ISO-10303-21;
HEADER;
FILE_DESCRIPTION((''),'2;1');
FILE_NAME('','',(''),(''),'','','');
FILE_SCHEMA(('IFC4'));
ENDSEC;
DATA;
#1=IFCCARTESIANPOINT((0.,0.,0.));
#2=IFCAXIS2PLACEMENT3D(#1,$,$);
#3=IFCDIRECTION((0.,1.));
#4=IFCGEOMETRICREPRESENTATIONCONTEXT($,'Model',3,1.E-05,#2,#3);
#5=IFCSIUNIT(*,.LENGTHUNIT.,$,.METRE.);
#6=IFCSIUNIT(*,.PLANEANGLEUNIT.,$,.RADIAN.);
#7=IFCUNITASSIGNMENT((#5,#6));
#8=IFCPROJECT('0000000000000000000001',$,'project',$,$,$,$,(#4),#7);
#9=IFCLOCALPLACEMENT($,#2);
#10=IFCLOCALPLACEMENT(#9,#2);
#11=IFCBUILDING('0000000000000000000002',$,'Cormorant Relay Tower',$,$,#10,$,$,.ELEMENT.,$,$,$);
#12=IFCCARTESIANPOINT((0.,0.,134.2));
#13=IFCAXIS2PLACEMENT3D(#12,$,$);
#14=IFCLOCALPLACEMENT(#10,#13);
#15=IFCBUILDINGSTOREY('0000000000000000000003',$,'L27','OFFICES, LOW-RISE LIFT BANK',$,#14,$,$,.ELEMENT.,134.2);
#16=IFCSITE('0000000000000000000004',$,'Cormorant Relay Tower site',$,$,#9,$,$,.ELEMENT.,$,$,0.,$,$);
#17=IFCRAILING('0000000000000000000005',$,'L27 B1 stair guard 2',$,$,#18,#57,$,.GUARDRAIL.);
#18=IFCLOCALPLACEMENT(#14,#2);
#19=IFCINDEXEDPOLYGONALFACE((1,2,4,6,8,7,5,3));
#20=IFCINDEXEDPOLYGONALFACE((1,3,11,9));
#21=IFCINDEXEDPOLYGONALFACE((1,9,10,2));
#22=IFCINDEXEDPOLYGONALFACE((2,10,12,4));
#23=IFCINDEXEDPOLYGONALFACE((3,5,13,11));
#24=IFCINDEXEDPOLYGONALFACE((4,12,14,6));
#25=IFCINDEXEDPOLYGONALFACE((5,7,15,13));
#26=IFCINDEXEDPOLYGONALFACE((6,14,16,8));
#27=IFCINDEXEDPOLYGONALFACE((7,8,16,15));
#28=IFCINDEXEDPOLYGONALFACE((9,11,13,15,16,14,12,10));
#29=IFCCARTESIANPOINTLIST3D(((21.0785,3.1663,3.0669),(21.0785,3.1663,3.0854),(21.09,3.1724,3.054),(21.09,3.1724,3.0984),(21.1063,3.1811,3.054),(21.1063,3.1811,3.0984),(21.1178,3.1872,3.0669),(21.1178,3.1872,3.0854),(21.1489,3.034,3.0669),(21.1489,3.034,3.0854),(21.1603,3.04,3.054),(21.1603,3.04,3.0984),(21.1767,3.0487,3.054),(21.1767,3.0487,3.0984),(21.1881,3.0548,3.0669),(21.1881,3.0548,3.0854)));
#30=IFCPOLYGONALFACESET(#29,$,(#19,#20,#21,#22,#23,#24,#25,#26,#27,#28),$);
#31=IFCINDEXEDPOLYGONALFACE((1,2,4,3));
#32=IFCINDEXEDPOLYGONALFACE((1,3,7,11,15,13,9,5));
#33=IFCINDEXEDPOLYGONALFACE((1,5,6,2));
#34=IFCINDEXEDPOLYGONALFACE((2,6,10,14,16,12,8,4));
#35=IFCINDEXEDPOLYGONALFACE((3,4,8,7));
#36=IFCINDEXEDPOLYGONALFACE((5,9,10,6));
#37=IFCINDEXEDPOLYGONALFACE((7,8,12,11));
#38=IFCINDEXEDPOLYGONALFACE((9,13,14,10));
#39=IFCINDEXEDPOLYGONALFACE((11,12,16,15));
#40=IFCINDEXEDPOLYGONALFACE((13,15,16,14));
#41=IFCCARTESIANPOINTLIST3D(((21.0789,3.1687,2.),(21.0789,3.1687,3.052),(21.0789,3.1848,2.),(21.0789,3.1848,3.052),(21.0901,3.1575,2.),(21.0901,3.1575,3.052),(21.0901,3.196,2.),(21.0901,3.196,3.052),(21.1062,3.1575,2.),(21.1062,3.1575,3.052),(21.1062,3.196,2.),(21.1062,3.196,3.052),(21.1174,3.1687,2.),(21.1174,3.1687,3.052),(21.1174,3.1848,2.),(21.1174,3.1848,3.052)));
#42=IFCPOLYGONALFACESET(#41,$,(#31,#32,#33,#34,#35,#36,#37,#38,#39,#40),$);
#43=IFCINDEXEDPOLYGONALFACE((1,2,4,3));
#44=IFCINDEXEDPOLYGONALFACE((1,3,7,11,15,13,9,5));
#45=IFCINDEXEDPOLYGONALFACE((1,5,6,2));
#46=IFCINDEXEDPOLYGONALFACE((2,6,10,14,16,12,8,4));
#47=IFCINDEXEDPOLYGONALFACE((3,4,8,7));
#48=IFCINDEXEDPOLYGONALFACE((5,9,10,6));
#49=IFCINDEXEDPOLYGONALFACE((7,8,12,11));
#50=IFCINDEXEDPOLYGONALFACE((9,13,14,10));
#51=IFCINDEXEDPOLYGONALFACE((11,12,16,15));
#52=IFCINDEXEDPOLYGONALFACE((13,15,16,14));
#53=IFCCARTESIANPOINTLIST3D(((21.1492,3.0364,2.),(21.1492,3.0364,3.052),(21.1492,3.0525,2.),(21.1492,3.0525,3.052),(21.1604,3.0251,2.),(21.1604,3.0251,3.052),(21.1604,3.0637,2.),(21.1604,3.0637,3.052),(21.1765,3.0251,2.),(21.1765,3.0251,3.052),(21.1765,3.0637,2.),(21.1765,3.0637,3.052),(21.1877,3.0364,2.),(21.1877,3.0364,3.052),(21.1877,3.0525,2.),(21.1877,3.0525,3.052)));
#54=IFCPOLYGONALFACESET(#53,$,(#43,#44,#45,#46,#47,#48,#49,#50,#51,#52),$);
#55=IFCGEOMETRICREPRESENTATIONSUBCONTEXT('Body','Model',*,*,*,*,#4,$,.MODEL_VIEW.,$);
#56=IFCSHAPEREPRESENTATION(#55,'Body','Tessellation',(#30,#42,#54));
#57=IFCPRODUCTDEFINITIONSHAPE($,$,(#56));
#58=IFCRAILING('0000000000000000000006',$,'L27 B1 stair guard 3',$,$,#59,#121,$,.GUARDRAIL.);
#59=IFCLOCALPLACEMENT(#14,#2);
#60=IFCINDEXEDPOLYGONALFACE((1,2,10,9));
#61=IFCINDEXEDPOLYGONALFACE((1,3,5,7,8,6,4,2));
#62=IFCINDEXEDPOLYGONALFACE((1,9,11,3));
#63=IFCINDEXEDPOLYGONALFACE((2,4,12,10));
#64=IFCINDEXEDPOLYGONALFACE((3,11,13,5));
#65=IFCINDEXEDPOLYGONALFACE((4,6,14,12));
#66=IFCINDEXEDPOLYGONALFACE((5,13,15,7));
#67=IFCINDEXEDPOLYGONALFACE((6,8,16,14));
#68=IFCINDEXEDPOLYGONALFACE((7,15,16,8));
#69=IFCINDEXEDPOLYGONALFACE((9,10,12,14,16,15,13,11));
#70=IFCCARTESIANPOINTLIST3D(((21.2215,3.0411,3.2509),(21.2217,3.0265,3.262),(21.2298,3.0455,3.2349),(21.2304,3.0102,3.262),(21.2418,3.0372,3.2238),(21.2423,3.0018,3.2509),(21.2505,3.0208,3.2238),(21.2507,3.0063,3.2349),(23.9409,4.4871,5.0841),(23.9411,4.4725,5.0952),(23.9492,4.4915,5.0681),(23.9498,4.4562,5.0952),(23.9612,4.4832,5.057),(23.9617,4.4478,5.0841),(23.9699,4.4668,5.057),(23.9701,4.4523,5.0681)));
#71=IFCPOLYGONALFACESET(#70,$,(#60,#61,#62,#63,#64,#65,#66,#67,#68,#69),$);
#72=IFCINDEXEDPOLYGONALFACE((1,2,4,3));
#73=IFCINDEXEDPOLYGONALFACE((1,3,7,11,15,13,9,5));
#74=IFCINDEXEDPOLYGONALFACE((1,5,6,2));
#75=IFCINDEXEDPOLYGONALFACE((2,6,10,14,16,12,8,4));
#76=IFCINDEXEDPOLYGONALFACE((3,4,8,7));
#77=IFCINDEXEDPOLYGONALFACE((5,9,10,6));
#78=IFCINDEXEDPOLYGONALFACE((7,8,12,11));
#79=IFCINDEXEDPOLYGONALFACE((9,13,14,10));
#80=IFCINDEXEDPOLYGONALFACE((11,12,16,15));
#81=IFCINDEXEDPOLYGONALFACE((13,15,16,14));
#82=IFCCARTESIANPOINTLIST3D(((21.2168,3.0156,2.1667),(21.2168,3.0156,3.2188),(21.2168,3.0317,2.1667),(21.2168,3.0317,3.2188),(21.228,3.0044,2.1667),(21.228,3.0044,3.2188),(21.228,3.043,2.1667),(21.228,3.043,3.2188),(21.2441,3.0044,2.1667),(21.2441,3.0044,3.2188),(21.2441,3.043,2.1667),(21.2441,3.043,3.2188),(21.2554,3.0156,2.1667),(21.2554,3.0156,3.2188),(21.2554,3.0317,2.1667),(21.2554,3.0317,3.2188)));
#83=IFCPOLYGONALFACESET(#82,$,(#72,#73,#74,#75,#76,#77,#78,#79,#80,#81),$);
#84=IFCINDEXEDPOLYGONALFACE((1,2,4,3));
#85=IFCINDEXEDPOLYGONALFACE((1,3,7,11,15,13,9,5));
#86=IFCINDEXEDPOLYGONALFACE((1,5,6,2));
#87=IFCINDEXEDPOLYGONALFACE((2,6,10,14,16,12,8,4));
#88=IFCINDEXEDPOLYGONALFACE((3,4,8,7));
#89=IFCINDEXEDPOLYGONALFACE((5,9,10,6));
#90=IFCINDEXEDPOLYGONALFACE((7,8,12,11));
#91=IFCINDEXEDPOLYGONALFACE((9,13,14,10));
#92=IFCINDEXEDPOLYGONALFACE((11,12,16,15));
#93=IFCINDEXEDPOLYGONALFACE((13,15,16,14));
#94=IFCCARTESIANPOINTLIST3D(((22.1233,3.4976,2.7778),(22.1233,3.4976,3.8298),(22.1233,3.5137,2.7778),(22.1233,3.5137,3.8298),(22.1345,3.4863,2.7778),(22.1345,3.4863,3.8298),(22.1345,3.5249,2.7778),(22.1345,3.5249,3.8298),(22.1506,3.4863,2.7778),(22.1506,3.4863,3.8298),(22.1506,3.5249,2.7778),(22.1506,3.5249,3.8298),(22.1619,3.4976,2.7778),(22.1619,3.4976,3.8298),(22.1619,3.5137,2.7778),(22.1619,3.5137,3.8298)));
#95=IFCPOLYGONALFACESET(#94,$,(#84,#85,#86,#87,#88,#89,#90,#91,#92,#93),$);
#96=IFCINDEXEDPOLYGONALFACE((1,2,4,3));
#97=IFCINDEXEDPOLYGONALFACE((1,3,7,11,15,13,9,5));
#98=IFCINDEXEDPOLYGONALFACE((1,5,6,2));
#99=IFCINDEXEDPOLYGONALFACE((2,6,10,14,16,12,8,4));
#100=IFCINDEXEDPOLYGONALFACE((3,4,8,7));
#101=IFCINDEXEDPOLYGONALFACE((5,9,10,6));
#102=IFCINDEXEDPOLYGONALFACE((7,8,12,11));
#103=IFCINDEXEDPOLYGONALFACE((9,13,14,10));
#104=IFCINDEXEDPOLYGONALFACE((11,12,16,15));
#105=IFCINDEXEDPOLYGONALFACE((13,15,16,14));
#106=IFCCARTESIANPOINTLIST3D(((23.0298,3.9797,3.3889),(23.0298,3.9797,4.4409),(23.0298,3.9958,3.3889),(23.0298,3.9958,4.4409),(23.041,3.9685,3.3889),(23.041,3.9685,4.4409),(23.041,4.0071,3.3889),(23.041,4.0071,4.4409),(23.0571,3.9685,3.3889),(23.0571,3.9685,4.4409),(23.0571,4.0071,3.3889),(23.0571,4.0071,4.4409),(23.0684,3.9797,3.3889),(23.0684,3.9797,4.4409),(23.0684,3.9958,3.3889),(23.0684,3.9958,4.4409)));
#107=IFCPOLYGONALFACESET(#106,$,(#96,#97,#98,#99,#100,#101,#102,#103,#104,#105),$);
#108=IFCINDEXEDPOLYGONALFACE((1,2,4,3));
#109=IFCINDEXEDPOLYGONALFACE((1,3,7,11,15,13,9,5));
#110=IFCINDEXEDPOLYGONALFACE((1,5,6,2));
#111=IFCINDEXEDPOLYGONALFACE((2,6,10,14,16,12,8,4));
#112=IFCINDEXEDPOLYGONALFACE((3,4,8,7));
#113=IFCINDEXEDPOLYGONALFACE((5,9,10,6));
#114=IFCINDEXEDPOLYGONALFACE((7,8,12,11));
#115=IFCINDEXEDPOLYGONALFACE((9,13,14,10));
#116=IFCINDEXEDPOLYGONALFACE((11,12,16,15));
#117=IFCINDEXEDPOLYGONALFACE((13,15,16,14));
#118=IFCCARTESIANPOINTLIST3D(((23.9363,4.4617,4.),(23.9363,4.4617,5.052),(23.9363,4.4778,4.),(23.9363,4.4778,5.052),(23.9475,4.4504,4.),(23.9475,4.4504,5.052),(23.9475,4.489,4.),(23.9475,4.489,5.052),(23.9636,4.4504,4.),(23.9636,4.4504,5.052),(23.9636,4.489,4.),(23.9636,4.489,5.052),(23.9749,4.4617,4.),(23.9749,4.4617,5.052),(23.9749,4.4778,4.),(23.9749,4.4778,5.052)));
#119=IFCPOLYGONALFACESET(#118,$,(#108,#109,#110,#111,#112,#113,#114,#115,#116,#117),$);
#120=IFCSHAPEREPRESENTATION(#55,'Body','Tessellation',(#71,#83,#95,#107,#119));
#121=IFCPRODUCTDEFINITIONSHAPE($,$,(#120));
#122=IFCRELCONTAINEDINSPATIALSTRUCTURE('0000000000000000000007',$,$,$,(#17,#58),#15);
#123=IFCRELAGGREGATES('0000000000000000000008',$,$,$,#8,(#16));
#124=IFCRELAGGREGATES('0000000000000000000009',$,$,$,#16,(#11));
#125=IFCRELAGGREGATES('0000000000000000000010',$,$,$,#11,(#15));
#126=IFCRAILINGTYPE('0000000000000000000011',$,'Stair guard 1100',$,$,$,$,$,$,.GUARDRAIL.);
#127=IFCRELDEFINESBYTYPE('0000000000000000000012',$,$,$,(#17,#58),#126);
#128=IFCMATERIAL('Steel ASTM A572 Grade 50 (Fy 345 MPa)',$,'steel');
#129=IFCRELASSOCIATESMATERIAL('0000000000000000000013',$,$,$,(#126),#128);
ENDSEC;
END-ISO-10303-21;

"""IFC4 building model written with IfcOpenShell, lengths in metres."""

from ifc_helpers import new_model, si_unit, direction, frame, origin, place, context, subcontext, project, spatial, polyline, outline, extrude, material, type_object, element, save


model = new_model("IFC4")

# Units and contexts
model_context = context("Model", 3, precision=1e-05, world=origin(), true_north=direction((0.0, 1.0)))
body_context = subcontext(model_context, "Body", "Model", "MODEL_VIEW")
ifc_project = project(units=[si_unit("LENGTHUNIT", "METRE"), si_unit("PLANEANGLEUNIT", "RADIAN")], contexts=[model_context])

# Site, building, storey
site_placement = place(None, origin())
site = spatial("IfcSite", under=ifc_project, at=site_placement, Name="Cormorant Relay Tower site", CompositionType="ELEMENT", RefElevation=0.0)
building_placement = place(site_placement, origin())
building = spatial("IfcBuilding", under=site, at=building_placement, Name="Cormorant Relay Tower", CompositionType="ELEMENT")
storey_placement = place(building_placement, frame((0.0, 0.0, 134.2)))
storey = spatial("IfcBuildingStorey", under=building, at=storey_placement, Name="L27", Description="OFFICES, LOW-RISE LIFT BANK", CompositionType="ELEMENT", Elevation=134.2)

# Railings
ifc_material_1 = material(Name="Steel ASTM A572 Grade 50 (Fy 345 MPa)", Category="steel")
railing_type = type_object("IfcRailingType", Name="Stair guard 1100", PredefinedType="GUARDRAIL", material=ifc_material_1)
railing_1_placement = place(storey_placement, frame((21.0981, 3.1768, 2.0)))
element("IfcRailing", 1, at=railing_1_placement, inside=storey, type_object=railing_type, Name="L27 B1 stair guard 2", PredefinedType="GUARDRAIL", context=body_context, shape_type="SweptSolid", body=[
    extrude(outline(polyline([(0.0222, 0.0093), (0.0093, 0.0222), (-0.0093, 0.0222), (-0.0222, 0.0093), (-0.0222, -0.0093), (-0.0093, -0.0222), (0.0093, -0.0222), (0.0222, -0.0093), (0.0222, 0.0093)])), frame((0.0, 0.0, 1.0762), z_axis=(0.469235, -0.883074, 0.0), x_axis=(0.883074, 0.469235, 0.0)), (0.0, 0.0, 1.0), 0.1499),
    extrude(outline(polyline([(0.0193, 0.0081), (0.0081, 0.0193), (-0.0081, 0.0193), (-0.0193, 0.0081), (-0.0193, -0.0081), (-0.0081, -0.0193), (0.0081, -0.0193), (0.0193, -0.0081), (0.0193, 0.0081)])), origin(), (0.0, 0.0, 1.0), 1.052),
    extrude(outline(polyline([(0.0193, 0.0081), (0.0081, 0.0193), (-0.0081, 0.0193), (-0.0193, 0.0081), (-0.0193, -0.0081), (-0.0081, -0.0193), (0.0081, -0.0193), (0.0193, -0.0081), (0.0193, 0.0081)])), frame((0.0703, -0.1323, 0.0)), (0.0, 0.0, 1.0), 1.052),
])
railing_2_placement = place(storey_placement, frame((21.2361, 3.0237, 2.1667)))
element("IfcRailing", 2, at=railing_2_placement, inside=storey, type_object=railing_type, Name="L27 B1 stair guard 3", PredefinedType="GUARDRAIL", context=body_context, shape_type="SweptSolid", body=[
    extrude(outline(polyline([(0.0222, 0.0093), (0.0093, 0.0222), (-0.0093, 0.0222), (-0.0222, 0.0093), (-0.0222, -0.0093), (-0.0093, -0.0222), (0.0093, -0.0222), (0.0222, -0.0093), (0.0222, 0.0093)])), frame((0.0, 0.0, 1.0762), z_axis=(0.758714, 0.403435, 0.511463), x_axis=(-0.469489, 0.882938, 0.0)), (0.0, 0.0, 1.0), 3.5842),
    extrude(outline(polyline([(0.0193, 0.0081), (0.0081, 0.0193), (-0.0081, 0.0193), (-0.0193, 0.0081), (-0.0193, -0.0081), (-0.0081, -0.0193), (0.0081, -0.0193), (0.0193, -0.0081), (0.0193, 0.0081)])), origin(), (0.0, 0.0, 1.0), 1.052),
    extrude(outline(polyline([(0.0193, 0.0081), (0.0081, 0.0193), (-0.0081, 0.0193), (-0.0193, 0.0081), (-0.0193, -0.0081), (-0.0081, -0.0193), (0.0081, -0.0193), (0.0193, -0.0081), (0.0193, 0.0081)])), frame((0.9065, 0.4819, 0.6111)), (0.0, 0.0, 1.0), 1.052),
    extrude(outline(polyline([(0.0193, 0.0081), (0.0081, 0.0193), (-0.0081, 0.0193), (-0.0193, 0.0081), (-0.0193, -0.0081), (-0.0081, -0.0193), (0.0081, -0.0193), (0.0193, -0.0081), (0.0193, 0.0081)])), frame((1.813, 0.9641, 1.2222)), (0.0, 0.0, 1.0), 1.052),
    extrude(outline(polyline([(0.0193, 0.0081), (0.0081, 0.0193), (-0.0081, 0.0193), (-0.0193, 0.0081), (-0.0193, -0.0081), (-0.0081, -0.0193), (0.0081, -0.0193), (0.0193, -0.0081), (0.0193, 0.0081)])), frame((2.7195, 1.446, 1.8333)), (0.0, 0.0, 1.0), 1.052),
])

save(model, "model.ifc")
